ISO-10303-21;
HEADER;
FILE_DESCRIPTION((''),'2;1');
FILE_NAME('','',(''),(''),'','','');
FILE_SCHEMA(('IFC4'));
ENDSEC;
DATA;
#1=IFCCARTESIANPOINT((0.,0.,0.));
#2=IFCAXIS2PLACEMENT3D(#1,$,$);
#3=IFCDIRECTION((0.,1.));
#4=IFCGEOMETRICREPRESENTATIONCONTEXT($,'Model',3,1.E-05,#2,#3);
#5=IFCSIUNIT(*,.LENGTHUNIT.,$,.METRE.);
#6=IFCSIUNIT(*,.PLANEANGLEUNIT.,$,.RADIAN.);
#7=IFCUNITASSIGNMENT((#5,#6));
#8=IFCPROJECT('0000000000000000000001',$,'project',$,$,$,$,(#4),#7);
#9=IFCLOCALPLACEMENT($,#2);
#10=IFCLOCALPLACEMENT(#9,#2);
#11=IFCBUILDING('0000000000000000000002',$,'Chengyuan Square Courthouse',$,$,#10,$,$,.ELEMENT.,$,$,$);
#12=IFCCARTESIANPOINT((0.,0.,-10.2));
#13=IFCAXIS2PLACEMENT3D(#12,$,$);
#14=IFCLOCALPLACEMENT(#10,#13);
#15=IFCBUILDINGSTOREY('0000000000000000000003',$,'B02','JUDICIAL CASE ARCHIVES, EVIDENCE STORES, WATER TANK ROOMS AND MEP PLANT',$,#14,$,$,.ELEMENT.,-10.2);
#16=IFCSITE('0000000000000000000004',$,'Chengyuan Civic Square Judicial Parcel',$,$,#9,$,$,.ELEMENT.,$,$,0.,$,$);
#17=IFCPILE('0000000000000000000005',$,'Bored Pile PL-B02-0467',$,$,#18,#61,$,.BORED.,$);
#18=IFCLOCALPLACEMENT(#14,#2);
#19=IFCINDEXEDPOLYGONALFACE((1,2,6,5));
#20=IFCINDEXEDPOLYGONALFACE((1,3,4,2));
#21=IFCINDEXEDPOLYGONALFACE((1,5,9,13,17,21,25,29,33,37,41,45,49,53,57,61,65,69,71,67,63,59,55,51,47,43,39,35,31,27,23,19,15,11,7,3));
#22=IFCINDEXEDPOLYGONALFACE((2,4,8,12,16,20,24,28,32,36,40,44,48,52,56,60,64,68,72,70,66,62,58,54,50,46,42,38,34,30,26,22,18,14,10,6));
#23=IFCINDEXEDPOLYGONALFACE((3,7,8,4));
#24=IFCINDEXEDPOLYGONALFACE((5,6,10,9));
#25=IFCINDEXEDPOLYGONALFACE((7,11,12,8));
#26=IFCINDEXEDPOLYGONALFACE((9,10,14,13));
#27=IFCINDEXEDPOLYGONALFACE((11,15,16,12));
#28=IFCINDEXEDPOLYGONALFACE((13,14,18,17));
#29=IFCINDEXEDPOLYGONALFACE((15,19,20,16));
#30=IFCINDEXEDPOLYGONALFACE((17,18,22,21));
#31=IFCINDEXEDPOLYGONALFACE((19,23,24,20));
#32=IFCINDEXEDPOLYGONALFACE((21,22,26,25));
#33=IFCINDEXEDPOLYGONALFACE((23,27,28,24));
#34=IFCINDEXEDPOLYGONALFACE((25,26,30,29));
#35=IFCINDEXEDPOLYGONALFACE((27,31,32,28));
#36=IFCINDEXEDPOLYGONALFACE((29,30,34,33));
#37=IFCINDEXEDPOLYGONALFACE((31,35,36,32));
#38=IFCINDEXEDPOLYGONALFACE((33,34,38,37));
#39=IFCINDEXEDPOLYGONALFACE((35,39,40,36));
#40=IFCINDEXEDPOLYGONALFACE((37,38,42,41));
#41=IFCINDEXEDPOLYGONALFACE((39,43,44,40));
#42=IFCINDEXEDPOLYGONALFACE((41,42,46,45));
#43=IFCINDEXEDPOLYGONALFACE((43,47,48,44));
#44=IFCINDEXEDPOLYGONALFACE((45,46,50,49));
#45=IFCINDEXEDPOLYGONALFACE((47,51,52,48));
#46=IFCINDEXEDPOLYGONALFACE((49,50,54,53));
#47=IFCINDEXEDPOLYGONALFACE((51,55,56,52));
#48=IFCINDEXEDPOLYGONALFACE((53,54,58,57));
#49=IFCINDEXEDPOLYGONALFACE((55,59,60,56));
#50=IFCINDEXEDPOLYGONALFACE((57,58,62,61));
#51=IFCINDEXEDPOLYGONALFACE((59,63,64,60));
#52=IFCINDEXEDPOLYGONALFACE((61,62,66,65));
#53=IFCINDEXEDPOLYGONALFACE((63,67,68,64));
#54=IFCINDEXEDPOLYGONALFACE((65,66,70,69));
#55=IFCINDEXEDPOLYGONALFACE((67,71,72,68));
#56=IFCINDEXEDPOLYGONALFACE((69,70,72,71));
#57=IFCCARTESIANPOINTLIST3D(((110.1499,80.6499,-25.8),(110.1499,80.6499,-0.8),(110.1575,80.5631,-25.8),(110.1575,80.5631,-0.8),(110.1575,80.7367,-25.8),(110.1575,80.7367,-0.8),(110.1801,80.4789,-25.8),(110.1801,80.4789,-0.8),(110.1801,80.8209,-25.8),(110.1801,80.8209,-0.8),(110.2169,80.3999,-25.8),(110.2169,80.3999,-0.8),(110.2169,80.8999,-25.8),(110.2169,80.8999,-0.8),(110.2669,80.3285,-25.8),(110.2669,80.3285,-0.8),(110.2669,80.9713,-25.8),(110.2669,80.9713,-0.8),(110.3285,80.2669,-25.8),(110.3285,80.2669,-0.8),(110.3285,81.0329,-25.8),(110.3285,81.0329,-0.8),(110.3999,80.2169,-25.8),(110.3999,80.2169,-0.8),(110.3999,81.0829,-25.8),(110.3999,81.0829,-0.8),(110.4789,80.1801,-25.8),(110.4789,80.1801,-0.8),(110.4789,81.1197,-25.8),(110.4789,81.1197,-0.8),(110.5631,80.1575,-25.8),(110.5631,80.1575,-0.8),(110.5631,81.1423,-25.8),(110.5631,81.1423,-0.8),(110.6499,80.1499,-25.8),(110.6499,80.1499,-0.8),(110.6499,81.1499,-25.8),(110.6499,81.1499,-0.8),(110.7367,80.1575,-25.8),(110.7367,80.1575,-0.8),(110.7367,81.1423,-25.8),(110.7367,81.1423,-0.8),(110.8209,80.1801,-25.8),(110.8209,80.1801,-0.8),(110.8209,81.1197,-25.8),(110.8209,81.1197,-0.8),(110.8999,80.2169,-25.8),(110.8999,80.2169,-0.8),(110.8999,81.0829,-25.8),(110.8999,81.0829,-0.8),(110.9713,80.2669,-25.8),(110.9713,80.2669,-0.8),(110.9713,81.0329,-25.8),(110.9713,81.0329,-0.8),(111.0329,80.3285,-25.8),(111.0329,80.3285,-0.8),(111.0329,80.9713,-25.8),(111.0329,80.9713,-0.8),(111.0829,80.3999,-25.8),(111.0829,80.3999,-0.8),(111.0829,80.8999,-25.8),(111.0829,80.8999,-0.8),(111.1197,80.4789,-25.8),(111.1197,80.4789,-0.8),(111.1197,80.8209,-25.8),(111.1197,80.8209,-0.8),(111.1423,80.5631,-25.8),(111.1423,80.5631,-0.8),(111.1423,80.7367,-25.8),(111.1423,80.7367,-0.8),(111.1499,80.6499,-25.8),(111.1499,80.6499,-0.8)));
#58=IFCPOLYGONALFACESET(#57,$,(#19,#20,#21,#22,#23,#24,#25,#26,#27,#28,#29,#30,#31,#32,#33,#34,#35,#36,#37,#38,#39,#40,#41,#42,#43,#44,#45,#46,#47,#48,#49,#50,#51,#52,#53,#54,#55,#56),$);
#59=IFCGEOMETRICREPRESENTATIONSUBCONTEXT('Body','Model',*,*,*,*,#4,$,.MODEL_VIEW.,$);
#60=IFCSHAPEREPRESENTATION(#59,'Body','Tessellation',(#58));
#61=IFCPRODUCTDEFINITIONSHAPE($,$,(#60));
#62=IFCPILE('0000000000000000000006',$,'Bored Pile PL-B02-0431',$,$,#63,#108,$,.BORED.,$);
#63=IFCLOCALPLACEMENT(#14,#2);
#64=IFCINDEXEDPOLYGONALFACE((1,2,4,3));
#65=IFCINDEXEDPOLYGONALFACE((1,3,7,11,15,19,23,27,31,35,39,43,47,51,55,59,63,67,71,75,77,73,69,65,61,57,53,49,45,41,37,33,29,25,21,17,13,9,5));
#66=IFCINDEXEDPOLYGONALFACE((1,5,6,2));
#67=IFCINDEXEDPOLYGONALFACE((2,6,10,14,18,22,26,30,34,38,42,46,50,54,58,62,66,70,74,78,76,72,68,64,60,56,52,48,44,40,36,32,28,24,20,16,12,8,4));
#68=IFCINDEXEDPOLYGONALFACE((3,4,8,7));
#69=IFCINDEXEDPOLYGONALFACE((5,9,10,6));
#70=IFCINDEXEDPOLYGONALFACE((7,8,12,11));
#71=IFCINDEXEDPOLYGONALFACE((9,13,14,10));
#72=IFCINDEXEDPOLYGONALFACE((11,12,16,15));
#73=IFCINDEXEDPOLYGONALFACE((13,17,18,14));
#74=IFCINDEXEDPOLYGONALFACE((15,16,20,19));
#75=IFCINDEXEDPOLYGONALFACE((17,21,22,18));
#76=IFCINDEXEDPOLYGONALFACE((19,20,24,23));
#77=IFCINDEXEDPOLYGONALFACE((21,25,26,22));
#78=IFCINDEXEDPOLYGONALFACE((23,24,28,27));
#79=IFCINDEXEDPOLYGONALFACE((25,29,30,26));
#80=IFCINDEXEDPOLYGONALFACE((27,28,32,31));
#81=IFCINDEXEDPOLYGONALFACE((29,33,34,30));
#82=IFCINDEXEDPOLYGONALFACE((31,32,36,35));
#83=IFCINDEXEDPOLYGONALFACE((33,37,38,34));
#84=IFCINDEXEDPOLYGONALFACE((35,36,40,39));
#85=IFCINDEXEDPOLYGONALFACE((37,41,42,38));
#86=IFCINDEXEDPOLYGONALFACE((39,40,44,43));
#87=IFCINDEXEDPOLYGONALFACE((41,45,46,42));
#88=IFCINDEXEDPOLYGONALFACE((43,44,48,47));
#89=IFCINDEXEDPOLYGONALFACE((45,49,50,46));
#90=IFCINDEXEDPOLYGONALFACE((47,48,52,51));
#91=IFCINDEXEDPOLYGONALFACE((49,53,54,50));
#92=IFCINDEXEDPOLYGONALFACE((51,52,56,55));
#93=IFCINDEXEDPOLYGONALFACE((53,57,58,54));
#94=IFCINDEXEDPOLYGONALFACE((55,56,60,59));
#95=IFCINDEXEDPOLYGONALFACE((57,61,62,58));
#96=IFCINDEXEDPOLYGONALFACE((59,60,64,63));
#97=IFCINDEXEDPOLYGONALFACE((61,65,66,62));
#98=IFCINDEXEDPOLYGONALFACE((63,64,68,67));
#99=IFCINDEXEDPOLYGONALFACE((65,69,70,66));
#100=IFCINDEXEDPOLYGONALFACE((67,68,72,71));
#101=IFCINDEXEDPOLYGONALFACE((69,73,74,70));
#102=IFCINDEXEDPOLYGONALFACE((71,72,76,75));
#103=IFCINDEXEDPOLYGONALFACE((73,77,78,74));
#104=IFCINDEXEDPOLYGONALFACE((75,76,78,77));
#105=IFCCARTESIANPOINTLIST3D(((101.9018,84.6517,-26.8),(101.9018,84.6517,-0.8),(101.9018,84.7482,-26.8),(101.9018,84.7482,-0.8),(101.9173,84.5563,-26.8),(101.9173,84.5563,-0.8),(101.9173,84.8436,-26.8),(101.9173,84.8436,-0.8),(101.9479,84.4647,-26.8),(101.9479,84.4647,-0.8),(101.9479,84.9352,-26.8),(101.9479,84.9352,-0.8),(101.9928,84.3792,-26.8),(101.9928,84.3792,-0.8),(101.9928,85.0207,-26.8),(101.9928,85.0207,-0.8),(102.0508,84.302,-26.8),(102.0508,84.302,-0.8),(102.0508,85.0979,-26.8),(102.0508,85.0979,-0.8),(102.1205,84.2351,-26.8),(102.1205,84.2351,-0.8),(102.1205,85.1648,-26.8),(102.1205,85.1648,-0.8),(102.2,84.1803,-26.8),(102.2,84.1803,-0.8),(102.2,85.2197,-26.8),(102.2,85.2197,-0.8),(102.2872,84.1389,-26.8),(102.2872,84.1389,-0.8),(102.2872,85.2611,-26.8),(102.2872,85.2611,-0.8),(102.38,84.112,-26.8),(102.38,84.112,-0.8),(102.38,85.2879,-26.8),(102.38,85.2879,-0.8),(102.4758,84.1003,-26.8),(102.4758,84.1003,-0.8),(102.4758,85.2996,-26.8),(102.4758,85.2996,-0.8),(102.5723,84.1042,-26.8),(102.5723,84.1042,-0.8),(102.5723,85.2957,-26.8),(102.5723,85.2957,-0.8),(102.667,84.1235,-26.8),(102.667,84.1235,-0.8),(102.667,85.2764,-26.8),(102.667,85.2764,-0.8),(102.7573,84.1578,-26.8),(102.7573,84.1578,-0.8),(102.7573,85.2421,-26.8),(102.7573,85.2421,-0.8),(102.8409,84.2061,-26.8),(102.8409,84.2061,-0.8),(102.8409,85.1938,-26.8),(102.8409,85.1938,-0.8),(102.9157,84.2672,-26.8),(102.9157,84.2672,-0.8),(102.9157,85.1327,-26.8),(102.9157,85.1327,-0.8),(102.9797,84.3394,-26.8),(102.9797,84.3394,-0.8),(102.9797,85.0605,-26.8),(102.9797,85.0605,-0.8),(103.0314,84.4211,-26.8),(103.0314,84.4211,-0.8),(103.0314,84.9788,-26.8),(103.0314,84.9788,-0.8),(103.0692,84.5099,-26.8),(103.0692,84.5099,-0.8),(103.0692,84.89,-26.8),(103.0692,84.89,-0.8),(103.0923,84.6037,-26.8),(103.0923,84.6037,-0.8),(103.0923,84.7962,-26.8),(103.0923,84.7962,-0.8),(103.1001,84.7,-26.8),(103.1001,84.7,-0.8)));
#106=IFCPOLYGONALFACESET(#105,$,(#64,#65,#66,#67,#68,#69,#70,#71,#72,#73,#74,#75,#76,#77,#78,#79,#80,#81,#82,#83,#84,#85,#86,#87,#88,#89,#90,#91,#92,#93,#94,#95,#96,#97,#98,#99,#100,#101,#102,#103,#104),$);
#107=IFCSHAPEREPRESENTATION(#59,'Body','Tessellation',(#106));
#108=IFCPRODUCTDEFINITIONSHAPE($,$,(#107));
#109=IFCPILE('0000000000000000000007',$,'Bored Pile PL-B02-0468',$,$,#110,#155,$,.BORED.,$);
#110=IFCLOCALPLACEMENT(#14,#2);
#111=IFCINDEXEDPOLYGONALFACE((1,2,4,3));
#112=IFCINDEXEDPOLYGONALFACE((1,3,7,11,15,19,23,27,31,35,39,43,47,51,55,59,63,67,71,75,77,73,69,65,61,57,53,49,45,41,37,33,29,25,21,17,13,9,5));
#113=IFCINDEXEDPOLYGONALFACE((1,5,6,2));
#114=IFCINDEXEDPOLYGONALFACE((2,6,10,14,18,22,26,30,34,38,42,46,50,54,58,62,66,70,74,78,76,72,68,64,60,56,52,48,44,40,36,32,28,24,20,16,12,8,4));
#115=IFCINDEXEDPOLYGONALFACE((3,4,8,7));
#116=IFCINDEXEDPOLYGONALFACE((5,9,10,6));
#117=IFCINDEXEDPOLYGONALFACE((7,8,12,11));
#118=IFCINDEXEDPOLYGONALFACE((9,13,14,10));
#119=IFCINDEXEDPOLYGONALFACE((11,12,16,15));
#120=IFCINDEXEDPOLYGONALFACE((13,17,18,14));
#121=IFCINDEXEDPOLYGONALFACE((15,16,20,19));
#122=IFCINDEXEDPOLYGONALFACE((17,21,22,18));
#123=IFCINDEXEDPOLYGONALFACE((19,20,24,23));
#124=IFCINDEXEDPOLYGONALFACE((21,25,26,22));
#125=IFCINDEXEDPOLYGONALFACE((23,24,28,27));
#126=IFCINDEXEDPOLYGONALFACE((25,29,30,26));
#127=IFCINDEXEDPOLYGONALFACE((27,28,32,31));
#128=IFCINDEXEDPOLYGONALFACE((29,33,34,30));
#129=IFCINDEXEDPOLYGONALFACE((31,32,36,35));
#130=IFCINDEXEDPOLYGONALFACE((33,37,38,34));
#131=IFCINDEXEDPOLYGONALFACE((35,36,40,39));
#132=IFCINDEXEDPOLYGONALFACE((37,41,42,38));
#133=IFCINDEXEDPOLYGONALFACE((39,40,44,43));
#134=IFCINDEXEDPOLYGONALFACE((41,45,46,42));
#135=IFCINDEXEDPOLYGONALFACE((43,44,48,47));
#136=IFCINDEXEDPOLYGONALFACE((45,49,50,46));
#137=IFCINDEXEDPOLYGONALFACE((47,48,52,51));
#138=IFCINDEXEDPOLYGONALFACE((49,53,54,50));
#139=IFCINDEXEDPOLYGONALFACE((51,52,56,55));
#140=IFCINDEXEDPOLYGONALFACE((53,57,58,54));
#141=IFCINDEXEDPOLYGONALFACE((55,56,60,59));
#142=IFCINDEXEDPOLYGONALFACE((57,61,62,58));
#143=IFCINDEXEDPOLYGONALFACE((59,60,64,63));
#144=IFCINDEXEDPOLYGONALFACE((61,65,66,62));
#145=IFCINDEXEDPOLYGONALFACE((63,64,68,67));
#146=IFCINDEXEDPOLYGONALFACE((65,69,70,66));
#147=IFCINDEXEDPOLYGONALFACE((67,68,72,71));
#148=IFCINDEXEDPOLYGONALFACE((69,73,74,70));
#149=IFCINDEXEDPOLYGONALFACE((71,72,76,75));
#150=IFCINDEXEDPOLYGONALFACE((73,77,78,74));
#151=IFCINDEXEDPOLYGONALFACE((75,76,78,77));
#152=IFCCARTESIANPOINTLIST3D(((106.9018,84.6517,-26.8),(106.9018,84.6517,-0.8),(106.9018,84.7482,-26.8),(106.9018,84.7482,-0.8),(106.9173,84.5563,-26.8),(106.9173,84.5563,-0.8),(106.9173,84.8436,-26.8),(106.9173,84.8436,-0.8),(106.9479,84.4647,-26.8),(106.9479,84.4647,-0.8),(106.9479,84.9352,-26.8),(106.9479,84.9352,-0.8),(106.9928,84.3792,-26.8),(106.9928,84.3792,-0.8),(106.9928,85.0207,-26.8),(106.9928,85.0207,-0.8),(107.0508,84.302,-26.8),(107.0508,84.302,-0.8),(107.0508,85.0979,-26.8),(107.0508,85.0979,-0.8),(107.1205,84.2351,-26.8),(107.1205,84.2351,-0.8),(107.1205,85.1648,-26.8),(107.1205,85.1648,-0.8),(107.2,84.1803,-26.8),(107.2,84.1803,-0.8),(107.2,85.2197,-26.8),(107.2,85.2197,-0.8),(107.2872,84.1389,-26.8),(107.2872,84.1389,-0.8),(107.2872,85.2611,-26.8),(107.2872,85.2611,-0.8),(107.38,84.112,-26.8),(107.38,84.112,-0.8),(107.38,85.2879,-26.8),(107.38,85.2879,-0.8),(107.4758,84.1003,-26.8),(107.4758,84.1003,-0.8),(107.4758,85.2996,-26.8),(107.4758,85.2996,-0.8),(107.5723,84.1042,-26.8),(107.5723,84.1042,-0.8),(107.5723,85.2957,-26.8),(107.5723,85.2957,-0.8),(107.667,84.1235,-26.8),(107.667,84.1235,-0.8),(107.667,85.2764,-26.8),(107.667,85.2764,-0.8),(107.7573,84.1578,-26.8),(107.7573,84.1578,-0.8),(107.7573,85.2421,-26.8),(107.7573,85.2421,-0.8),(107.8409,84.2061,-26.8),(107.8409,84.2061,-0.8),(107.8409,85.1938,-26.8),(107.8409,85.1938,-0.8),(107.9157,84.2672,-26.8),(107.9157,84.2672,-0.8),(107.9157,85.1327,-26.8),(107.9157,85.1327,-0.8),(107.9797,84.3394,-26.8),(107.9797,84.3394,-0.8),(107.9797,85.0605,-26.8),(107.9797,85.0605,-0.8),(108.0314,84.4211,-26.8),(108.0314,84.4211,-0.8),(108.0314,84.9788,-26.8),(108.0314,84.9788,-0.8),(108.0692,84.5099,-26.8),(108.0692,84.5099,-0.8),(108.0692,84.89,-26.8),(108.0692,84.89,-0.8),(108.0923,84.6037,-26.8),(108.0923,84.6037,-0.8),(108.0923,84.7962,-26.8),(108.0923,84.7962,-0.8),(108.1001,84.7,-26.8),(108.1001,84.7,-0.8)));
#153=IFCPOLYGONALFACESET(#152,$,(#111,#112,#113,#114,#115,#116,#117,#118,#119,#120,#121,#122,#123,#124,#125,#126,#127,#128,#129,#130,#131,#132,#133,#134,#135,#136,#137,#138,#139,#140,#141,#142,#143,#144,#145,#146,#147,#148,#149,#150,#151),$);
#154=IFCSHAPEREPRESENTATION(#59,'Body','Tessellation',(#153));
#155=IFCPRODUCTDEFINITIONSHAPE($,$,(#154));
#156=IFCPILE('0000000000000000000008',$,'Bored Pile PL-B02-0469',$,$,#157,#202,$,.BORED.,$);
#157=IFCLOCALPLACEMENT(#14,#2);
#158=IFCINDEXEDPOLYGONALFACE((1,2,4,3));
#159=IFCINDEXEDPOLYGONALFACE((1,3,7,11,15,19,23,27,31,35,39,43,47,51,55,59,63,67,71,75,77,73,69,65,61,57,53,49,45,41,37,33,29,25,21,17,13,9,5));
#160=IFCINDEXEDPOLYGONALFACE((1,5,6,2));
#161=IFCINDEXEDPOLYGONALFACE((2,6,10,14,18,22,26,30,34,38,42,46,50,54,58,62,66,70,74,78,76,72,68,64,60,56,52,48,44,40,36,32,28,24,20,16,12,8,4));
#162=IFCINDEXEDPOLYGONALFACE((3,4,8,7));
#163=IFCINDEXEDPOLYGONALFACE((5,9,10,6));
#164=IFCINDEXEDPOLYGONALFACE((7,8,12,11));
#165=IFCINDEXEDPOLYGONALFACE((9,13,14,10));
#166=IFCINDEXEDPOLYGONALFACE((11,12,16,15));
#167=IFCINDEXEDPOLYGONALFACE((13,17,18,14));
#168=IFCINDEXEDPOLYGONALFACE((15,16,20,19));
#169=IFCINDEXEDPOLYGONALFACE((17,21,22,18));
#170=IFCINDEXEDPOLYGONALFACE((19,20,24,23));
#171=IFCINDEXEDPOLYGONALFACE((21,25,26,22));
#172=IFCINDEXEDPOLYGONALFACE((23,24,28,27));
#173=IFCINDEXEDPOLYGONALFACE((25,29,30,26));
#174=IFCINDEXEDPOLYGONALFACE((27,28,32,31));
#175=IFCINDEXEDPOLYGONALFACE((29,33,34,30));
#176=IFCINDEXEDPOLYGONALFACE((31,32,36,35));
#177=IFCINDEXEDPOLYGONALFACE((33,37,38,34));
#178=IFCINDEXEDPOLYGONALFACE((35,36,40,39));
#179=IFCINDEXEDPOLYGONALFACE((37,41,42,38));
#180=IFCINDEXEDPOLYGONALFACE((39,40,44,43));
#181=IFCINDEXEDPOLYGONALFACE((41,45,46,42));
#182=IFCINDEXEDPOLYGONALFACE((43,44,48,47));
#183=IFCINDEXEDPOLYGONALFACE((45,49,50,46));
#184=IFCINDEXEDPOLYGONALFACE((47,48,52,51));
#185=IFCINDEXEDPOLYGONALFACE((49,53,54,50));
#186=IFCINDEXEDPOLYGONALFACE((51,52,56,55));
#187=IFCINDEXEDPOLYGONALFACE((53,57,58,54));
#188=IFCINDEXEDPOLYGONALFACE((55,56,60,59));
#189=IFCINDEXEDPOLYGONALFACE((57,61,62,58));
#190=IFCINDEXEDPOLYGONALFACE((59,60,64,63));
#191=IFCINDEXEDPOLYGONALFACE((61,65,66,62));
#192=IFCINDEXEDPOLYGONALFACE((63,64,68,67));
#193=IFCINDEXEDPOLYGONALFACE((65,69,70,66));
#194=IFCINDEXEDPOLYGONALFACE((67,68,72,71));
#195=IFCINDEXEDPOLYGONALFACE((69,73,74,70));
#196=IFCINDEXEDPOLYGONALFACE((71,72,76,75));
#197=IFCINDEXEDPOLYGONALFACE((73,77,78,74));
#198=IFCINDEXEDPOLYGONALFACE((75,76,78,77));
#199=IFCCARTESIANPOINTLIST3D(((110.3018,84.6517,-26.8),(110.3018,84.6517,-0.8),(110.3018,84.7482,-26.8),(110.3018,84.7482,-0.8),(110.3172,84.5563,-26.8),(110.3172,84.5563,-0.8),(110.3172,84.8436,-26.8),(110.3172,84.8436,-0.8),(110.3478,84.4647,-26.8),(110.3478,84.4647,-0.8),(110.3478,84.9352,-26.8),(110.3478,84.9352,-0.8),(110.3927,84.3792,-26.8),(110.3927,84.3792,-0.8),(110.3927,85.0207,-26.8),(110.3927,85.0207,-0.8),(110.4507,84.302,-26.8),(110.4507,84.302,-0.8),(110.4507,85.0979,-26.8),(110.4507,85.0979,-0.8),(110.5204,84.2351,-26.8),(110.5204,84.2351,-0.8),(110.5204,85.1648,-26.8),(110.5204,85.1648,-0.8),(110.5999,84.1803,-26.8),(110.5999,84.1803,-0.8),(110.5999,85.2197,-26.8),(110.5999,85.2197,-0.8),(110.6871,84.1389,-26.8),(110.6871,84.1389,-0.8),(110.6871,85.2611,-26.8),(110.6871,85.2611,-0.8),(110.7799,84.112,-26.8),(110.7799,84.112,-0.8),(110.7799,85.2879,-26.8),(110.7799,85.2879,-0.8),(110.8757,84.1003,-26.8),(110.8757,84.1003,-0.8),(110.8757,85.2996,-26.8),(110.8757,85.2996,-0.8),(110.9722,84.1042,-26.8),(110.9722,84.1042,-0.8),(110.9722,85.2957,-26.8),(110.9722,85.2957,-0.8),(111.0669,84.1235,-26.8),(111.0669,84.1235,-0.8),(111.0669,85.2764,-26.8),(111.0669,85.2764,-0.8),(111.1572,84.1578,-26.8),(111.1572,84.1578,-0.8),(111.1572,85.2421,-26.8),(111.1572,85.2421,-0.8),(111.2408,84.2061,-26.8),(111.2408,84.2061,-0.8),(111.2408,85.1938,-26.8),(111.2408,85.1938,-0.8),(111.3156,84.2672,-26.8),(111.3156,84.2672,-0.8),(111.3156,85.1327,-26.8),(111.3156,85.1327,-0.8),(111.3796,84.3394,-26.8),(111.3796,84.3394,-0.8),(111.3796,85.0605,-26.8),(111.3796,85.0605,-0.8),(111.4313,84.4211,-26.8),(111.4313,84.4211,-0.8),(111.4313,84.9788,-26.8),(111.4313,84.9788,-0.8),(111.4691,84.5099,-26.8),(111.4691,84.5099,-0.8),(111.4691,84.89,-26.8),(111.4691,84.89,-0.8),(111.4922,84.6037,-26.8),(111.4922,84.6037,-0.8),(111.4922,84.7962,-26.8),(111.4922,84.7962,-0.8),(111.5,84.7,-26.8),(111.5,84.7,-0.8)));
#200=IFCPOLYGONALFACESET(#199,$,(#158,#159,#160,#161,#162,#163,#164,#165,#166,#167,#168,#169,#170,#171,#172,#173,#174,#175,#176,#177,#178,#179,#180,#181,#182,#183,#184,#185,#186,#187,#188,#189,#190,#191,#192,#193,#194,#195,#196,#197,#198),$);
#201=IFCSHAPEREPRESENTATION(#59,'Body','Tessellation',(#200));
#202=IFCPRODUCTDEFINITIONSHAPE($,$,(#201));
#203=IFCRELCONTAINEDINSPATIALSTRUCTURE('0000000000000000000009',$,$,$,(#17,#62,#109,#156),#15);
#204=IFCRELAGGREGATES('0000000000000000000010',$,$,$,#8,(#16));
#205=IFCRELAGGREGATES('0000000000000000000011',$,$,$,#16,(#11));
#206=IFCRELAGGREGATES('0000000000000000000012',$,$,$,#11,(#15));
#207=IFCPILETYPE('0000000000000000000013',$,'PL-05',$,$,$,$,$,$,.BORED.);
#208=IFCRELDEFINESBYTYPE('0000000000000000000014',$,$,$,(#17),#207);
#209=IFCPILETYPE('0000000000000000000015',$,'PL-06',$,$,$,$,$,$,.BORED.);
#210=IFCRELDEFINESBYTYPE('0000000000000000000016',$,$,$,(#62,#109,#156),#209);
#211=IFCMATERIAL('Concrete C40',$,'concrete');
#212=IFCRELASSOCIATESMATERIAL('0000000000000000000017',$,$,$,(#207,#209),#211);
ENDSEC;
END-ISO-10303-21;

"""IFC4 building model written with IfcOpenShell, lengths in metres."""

from ifc_helpers import new_model, si_unit, direction, frame, origin, origin_2d, place, context, subcontext, project, spatial, circle, extrude, material, material_profile, profile_set, type_object, element, save


model = new_model("IFC4")

# Units and contexts
model_context = context("Model", 3, precision=1e-05, world=origin(), true_north=direction((0.0, 1.0)))
body_context = subcontext(model_context, "Body", "Model", "MODEL_VIEW")
ifc_project = project(units=[si_unit("LENGTHUNIT", "METRE"), si_unit("PLANEANGLEUNIT", "RADIAN")], contexts=[model_context])

# Site, building, storey
site_placement = place(None, origin())
site = spatial("IfcSite", under=ifc_project, at=site_placement, Name="Chengyuan Civic Square Judicial Parcel", CompositionType="ELEMENT", RefElevation=0.0)
building_placement = place(site_placement, origin())
building = spatial("IfcBuilding", under=site, at=building_placement, Name="Chengyuan Square Courthouse", CompositionType="ELEMENT")
storey_placement = place(building_placement, frame((0.0, 0.0, -10.2)))
storey = spatial("IfcBuildingStorey", under=building, at=storey_placement, Name="B02", Description="JUDICIAL CASE ARCHIVES, EVIDENCE STORES, WATER TANK ROOMS AND MEP PLANT", CompositionType="ELEMENT", Elevation=-10.2)

# Shared definitions
ifc_material_1 = material(Name="Concrete C40", Category="concrete")

# Piles
ifc_material_profile_1 = material_profile(ifc_material_1, circle(Radius=0.5, at=origin_2d()), Name="BORED PILE D1000")
ifc_profile_set_1 = profile_set([ifc_material_profile_1], Name="Concrete C40")
pile_type_1 = type_object("IfcPileType", Name="PL-05", PredefinedType="BORED", material=ifc_profile_set_1)
for number, where, z_axis, x_axis, name in (
    (1, (110.6499, 80.6499, -0.8), (0.0, 0.0, -1.0), (1.0, 0.0, 0.0), "Bored Pile PL-B02-0467"),
):
    element("IfcPile", number, at=place(storey_placement, frame(where, z_axis=z_axis, x_axis=x_axis)), inside=storey, type_object=pile_type_1, Name=name, PredefinedType="BORED", context=body_context, shape_type="SweptSolid", body=[
        extrude(circle(Radius=0.5, at=origin_2d()), origin(), (0.0, 0.0, 1.0), 25.0),
    ])
ifc_material_profile_2 = material_profile(ifc_material_1, circle(Radius=0.6001, at=origin_2d()), Name="BORED PILE D1200")
ifc_profile_set_2 = profile_set([ifc_material_profile_2], Name="Concrete C40")
pile_type_2 = type_object("IfcPileType", Name="PL-06", PredefinedType="BORED", material=ifc_profile_set_2)
for number, where, z_axis, x_axis, name in (
    (2, (102.5, 84.7, -0.8), (0.0, 0.0, -1.0), (1.0, 0.0, 0.0), "Bored Pile PL-B02-0431"),
    (3, (107.5, 84.7, -0.8), (0.0, 0.0, -1.0), (1.0, 0.0, 0.0), "Bored Pile PL-B02-0468"),
    (4, (110.8999, 84.7, -0.8), (0.0, 0.0, -1.0), (1.0, 0.0, 0.0), "Bored Pile PL-B02-0469"),
):
    element("IfcPile", number, at=place(storey_placement, frame(where, z_axis=z_axis, x_axis=x_axis)), inside=storey, type_object=pile_type_2, Name=name, PredefinedType="BORED", context=body_context, shape_type="SweptSolid", body=[
        extrude(circle(Radius=0.6001, at=origin_2d()), origin(), (0.0, 0.0, 1.0), 26.0),
    ])

save(model, "model.ifc")
